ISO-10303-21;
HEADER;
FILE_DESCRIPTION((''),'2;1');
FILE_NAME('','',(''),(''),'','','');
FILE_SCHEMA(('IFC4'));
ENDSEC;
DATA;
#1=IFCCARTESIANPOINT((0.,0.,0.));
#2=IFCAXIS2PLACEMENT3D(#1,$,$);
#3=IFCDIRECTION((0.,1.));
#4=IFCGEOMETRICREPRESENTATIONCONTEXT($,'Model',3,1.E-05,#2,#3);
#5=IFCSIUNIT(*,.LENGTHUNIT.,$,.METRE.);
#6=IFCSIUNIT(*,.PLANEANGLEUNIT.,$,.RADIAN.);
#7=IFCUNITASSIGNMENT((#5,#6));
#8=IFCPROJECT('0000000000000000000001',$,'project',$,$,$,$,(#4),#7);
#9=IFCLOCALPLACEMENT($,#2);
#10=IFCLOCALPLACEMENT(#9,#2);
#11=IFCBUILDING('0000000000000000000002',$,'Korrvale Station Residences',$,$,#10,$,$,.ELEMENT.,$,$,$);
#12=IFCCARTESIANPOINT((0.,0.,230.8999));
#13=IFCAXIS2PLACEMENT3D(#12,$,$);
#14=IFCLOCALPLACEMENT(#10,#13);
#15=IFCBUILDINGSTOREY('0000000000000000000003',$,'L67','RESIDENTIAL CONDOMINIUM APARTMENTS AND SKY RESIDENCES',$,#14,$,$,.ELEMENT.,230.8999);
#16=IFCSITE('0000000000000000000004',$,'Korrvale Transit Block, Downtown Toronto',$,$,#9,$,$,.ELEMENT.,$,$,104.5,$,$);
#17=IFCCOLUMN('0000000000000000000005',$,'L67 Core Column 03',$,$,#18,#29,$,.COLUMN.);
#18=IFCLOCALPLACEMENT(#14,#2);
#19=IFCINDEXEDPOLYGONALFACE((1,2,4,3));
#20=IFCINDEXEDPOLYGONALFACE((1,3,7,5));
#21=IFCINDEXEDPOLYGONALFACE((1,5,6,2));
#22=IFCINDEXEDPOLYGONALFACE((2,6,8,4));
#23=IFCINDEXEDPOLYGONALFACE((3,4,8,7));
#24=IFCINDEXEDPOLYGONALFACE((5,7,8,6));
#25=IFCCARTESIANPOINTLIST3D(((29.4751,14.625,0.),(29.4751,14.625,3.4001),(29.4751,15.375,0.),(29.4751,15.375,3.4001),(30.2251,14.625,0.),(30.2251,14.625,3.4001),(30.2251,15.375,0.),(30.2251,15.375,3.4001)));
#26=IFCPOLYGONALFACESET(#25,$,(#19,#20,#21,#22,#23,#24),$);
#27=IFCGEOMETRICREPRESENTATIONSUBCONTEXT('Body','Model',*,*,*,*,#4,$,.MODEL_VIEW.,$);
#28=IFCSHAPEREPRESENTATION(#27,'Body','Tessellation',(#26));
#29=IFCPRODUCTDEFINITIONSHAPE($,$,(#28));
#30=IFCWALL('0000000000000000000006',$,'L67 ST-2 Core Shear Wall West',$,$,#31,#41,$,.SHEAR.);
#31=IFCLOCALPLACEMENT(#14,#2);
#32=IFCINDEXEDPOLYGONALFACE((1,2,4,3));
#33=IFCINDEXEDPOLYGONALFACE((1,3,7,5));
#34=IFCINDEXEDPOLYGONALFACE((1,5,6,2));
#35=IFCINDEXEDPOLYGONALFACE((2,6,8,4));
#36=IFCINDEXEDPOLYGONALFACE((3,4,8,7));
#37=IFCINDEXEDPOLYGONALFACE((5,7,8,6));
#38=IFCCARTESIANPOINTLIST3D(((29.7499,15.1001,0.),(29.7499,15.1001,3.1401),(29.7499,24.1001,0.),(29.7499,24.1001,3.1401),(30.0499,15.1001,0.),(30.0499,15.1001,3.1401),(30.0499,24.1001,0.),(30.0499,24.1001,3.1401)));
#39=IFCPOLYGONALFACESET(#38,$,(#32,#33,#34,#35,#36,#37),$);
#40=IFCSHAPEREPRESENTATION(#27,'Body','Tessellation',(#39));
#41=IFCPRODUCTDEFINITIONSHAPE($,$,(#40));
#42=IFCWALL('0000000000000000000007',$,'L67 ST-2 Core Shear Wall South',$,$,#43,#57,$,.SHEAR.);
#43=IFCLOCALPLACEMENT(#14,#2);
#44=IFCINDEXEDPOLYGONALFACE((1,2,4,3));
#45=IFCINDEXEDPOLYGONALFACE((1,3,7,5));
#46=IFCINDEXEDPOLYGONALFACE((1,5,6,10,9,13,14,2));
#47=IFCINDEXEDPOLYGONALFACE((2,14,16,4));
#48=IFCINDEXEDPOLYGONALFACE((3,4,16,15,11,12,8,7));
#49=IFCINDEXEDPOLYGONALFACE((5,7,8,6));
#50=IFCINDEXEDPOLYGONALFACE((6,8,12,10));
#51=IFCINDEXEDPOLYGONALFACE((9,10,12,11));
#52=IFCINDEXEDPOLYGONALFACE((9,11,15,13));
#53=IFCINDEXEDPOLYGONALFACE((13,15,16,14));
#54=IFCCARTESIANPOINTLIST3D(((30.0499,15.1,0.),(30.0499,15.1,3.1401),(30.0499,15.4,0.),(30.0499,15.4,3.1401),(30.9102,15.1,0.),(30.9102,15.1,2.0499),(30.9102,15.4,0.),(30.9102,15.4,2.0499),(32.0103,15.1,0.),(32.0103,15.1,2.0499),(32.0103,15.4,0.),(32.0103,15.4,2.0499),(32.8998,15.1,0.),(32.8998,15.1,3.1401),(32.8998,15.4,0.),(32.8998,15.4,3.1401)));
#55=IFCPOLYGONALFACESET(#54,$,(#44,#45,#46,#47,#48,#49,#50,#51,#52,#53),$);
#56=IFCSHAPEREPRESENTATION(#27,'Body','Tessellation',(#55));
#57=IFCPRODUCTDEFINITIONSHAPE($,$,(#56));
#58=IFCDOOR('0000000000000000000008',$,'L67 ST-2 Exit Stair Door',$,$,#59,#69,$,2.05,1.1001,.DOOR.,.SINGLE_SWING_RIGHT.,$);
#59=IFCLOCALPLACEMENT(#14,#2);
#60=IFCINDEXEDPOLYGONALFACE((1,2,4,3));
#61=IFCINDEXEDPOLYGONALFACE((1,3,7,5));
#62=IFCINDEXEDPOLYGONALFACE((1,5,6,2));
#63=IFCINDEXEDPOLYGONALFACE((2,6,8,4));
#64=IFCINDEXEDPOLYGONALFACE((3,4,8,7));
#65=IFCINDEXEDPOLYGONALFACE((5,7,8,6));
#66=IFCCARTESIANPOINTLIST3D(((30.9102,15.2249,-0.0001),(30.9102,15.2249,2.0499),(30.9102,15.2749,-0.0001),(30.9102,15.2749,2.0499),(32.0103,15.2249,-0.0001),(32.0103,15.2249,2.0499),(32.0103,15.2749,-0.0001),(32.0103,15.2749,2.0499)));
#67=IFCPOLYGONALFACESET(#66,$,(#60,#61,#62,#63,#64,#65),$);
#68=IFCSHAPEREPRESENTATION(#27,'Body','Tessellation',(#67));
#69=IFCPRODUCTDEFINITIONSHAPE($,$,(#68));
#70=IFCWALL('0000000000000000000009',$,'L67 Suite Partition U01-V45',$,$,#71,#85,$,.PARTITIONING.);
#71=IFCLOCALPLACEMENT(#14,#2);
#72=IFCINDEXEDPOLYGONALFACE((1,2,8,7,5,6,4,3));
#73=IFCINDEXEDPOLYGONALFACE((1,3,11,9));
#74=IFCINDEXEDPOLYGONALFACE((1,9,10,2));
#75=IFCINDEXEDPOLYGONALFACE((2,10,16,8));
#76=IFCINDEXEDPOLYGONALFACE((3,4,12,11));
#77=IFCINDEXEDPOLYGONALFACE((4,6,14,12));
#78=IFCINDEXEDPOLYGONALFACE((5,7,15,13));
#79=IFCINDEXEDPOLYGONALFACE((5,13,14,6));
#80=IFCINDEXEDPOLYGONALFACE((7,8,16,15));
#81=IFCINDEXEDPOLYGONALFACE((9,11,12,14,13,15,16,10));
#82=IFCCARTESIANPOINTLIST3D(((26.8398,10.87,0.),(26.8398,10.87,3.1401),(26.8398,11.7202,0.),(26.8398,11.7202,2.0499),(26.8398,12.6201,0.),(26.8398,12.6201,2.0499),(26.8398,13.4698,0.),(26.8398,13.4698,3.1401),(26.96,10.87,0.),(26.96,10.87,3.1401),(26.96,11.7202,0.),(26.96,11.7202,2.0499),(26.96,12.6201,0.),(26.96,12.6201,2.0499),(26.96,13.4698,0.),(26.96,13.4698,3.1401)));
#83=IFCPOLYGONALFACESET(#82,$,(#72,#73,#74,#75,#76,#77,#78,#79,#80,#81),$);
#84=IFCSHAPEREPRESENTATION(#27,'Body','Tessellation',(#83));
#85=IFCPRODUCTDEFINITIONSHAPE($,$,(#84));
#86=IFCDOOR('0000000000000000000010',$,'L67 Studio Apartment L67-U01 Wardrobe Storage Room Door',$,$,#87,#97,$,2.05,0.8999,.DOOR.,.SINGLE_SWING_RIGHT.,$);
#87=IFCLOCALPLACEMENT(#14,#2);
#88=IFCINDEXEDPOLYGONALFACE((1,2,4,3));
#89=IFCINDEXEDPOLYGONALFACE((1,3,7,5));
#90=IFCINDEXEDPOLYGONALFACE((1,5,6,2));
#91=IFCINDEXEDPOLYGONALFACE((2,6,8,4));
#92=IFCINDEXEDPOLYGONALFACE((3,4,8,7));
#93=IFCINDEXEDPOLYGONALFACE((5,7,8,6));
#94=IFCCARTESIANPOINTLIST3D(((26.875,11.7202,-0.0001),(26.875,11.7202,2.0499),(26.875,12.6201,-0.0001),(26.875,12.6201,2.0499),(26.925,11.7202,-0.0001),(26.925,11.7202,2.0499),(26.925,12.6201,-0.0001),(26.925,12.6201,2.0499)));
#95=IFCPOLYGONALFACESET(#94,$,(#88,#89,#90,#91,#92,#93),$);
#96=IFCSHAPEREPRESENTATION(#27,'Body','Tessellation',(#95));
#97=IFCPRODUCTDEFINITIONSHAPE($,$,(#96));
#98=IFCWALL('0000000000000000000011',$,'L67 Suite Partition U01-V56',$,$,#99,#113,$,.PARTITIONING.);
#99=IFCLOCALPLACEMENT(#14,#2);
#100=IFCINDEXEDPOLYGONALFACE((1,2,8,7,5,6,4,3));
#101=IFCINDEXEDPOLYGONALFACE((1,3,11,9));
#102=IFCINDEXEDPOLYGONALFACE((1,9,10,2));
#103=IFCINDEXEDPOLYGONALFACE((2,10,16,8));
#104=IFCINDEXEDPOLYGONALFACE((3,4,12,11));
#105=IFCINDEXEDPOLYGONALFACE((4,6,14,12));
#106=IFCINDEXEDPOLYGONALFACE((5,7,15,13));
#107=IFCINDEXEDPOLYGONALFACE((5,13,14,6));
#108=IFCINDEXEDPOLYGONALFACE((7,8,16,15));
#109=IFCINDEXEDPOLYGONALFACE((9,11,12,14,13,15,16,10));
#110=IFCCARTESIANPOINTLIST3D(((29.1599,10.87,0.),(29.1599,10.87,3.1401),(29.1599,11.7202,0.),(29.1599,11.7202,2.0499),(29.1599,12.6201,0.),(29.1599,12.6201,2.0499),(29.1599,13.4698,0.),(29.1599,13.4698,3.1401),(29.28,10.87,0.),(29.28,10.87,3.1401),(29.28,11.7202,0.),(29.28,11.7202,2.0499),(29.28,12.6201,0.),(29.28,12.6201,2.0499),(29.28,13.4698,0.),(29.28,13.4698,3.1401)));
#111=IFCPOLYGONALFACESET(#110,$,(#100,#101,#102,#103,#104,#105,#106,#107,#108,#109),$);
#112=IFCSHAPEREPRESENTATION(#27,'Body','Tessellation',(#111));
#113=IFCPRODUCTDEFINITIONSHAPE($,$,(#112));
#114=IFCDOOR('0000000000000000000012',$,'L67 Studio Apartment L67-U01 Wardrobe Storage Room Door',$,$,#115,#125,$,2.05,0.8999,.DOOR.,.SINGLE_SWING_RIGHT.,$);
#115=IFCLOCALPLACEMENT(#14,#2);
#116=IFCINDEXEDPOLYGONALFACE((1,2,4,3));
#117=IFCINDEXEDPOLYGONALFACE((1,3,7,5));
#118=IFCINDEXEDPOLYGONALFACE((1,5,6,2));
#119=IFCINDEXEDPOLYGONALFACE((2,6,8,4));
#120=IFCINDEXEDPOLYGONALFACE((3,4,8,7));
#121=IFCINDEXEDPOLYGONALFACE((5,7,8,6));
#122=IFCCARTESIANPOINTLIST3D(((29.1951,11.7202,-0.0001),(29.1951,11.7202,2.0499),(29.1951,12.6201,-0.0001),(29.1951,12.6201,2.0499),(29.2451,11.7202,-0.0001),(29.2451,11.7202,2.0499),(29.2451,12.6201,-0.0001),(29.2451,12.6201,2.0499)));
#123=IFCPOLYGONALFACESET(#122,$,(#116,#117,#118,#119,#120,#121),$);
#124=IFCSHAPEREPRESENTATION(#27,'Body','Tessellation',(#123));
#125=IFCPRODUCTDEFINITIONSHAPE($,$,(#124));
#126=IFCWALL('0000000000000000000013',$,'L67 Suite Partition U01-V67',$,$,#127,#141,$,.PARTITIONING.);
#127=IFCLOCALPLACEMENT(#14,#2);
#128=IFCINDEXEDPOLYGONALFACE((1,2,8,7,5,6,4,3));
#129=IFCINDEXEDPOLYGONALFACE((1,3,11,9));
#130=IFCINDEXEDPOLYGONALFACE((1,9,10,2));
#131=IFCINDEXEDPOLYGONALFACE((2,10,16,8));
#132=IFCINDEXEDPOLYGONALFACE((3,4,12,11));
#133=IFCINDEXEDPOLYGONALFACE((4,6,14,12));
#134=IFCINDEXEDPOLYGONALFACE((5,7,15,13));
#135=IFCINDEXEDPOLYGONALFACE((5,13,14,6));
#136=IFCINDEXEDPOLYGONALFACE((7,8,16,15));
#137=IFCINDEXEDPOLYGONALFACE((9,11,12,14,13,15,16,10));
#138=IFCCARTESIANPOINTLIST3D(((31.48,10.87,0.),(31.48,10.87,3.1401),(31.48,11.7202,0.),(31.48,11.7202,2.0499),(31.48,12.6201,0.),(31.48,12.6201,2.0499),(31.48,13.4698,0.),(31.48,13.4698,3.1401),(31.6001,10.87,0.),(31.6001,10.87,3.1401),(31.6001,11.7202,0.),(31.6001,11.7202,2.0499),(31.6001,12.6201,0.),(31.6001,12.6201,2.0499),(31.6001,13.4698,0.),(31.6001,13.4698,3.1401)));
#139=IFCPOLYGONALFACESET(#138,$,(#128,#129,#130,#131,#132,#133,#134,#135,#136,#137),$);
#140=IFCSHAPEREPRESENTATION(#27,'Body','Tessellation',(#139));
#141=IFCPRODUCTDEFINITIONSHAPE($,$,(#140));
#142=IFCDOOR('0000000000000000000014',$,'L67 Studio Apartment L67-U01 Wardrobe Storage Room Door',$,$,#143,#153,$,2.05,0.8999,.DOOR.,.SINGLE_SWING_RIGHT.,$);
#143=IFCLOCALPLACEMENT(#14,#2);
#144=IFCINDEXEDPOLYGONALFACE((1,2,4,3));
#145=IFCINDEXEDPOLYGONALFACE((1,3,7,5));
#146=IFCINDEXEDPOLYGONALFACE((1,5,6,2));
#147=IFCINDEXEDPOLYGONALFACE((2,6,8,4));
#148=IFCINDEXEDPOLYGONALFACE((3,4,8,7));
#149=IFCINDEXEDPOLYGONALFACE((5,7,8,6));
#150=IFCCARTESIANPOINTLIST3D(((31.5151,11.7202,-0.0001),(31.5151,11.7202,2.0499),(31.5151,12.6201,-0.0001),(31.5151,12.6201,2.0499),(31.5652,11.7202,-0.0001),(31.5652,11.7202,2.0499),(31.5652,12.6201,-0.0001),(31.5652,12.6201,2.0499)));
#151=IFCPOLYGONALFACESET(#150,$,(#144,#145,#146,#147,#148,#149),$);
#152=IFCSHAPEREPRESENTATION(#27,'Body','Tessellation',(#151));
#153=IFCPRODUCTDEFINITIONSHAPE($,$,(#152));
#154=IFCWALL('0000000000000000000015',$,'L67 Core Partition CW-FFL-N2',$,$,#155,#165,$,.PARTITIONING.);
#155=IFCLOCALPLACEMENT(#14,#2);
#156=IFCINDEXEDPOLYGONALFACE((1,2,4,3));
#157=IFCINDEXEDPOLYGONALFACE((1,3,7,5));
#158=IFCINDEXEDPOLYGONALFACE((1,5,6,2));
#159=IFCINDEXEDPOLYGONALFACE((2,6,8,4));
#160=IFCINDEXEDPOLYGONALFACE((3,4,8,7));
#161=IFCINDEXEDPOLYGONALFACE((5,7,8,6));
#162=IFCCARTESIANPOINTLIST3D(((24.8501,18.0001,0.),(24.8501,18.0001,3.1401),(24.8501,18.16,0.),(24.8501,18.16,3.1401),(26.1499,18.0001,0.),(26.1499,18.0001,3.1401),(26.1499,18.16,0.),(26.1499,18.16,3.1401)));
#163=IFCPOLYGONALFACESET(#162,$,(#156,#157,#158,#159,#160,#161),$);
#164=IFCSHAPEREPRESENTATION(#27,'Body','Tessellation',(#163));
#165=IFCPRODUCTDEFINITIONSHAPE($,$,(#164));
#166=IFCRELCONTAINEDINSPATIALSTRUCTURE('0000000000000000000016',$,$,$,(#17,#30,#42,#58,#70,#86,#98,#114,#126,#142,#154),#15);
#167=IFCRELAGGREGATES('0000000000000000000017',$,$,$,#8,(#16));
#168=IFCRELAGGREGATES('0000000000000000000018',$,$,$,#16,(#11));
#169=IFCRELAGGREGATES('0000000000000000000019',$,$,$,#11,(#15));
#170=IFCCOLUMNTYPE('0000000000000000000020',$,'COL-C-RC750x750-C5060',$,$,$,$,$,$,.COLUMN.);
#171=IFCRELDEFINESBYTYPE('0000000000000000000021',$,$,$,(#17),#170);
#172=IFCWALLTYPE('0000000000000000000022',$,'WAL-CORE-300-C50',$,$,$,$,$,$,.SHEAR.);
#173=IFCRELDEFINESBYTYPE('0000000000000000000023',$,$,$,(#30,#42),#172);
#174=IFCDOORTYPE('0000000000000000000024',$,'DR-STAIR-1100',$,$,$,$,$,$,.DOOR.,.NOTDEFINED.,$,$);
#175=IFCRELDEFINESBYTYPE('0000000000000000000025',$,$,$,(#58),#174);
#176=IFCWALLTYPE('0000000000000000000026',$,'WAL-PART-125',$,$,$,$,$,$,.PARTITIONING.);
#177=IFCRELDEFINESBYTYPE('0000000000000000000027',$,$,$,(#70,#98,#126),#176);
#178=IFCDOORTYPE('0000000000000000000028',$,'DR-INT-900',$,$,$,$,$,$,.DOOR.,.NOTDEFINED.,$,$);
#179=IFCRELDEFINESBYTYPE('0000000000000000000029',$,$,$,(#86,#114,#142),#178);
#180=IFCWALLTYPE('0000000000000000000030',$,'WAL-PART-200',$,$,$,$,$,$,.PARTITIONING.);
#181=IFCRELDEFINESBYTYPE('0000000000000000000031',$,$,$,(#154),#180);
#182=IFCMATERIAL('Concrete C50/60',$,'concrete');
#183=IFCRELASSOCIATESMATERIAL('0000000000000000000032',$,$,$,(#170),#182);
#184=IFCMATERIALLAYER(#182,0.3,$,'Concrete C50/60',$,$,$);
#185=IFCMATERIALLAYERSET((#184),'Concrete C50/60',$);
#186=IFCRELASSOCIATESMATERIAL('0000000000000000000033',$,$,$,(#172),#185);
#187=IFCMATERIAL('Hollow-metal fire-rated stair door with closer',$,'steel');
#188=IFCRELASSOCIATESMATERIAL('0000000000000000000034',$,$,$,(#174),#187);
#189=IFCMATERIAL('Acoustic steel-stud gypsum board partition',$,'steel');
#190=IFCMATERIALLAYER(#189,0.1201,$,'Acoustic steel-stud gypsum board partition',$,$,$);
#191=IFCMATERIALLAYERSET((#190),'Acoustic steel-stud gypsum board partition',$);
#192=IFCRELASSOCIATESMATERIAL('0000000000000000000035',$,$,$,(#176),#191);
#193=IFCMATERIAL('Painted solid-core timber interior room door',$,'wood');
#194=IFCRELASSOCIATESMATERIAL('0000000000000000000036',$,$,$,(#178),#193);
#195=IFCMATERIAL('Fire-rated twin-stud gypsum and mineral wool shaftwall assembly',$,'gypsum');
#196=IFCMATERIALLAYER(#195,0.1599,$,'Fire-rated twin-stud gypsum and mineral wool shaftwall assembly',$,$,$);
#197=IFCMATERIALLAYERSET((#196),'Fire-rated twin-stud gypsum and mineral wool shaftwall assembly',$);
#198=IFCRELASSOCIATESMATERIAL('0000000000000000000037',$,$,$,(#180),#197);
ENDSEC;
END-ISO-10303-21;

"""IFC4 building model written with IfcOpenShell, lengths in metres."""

from ifc_helpers import new_model, si_unit, direction, frame, frame_2d, origin, origin_2d, place, context, subcontext, project, spatial, rectangle, extrude, material, layer, layer_set, material_profile, profile_set, type_object, element, fill, save


model = new_model("IFC4")

# Units and contexts
model_context = context("Model", 3, precision=1e-05, world=origin(), true_north=direction((0.0, 1.0)))
body_context = subcontext(model_context, "Body", "Model", "MODEL_VIEW")
ifc_project = project(units=[si_unit("LENGTHUNIT", "METRE"), si_unit("PLANEANGLEUNIT", "RADIAN")], contexts=[model_context])

# Site, building, storey
site_placement = place(None, origin())
site = spatial("IfcSite", under=ifc_project, at=site_placement, Name="Korrvale Transit Block, Downtown Toronto", CompositionType="ELEMENT", RefElevation=104.5)
building_placement = place(site_placement, origin())
building = spatial("IfcBuilding", under=site, at=building_placement, Name="Korrvale Station Residences", CompositionType="ELEMENT")
storey_placement = place(building_placement, frame((0.0, 0.0, 230.8999)))
storey = spatial("IfcBuildingStorey", under=building, at=storey_placement, Name="L67", Description="RESIDENTIAL CONDOMINIUM APARTMENTS AND SKY RESIDENCES", CompositionType="ELEMENT", Elevation=230.8999)

# Column
ifc_material_1 = material(Name="Concrete C50/60", Category="concrete")
ifc_material_profile = material_profile(ifc_material_1, rectangle(XDim=0.75, YDim=0.75, at=origin_2d()), Name="RC750x750")
ifc_profile_set = profile_set([ifc_material_profile], Name="Concrete C50/60")
column_type = type_object("IfcColumnType", Name="COL-C-RC750x750-C5060", PredefinedType="COLUMN", material=ifc_profile_set)
column_placement = place(storey_placement, frame((29.8501, 15.0, 0.0), z_axis=(0.0, 0.0, 1.0), x_axis=(1.0, 0.0, 0.0)))
element("IfcColumn", 1, at=column_placement, inside=storey, type_object=column_type, Name="L67 Core Column 03", PredefinedType="COLUMN", context=body_context, shape_type="SweptSolid", body=[
    extrude(rectangle(XDim=0.75, YDim=0.75, at=origin_2d()), origin(), (0.0, 0.0, 1.0), 3.4001),
])

# Wall
ifc_layer_1 = layer(ifc_material_1, 0.3, Name="Concrete C50/60")
ifc_layer_set_1 = layer_set([ifc_layer_1], Name="Concrete C50/60")
wall_type_1 = type_object("IfcWallType", Name="WAL-CORE-300-C50", PredefinedType="SHEAR", material=ifc_layer_set_1)
wall_1_placement = place(storey_placement, frame((29.8999, 15.1001, 0.0), z_axis=(0.0, 0.0, 1.0), x_axis=(0.0, 1.0, 0.0)))
element("IfcWall", 2, at=wall_1_placement, inside=storey, type_object=wall_type_1, Name="L67 ST-2 Core Shear Wall West", PredefinedType="SHEAR", context=body_context, shape_type="SweptSolid", body=[
    extrude(rectangle(XDim=9.0, YDim=0.3, at=frame_2d((4.5, 0.0))), origin(), (0.0, 0.0, 1.0), 3.1401),
])

# Walls, openings, doors
wall_2_placement = place(storey_placement, frame((30.05, 15.25, 0.0), z_axis=(0.0, 0.0, 1.0), x_axis=(1.0, 0.0, 0.0)))
wall_2 = element("IfcWall", 3, at=wall_2_placement, inside=storey, type_object=wall_type_1, Name="L67 ST-2 Core Shear Wall South", PredefinedType="SHEAR", context=body_context, shape_type="SweptSolid", body=[
    extrude(rectangle(XDim=2.8499, YDim=0.3, at=frame_2d((1.4248, 0.0))), origin(), (0.0, 0.0, 1.0), 3.1401),
])
opening_1_placement = place(wall_2_placement, frame((0.8601, 0.0, 0.0)))
opening_1 = element("IfcOpeningElement", 4, at=opening_1_placement, cuts=wall_2, PredefinedType="OPENING", context=body_context, shape_type="SweptSolid", body=[
    extrude(rectangle(XDim=1.1001, YDim=2.05, at=frame_2d((0.55, 1.0249))), frame((0.0, 0.1602, 0.0), z_axis=(0.0, -1.0, 0.0), x_axis=(1.0, 0.0, 0.0)), (0.0, 0.0, 1.0), 0.3201),
])
ifc_material_2 = material(Name="Hollow-metal fire-rated stair door with closer", Category="steel")
door_type_1 = type_object("IfcDoorType", Name="DR-STAIR-1100", OperationType="NOTDEFINED", PredefinedType="DOOR", material=ifc_material_2)
door_1_placement = place(opening_1_placement, origin())
door_1 = element("IfcDoor", 5, at=door_1_placement, inside=storey, type_object=door_type_1, Name="L67 ST-2 Exit Stair Door", OperationType="SINGLE_SWING_RIGHT", OverallHeight=2.05, OverallWidth=1.1001, PredefinedType="DOOR", context=body_context, shape_type="SweptSolid", body=[
    extrude(rectangle(XDim=1.1001, YDim=2.05, at=frame_2d((0.55, 1.0249))), frame((0.0, 0.0249, 0.0), z_axis=(0.0, -1.0, 0.0), x_axis=(1.0, 0.0, 0.0)), (0.0, 0.0, 1.0), 0.05),
])
fill(opening_1, door_1)
ifc_material_3 = material(Name="Acoustic steel-stud gypsum board partition", Category="steel")
ifc_layer_2 = layer(ifc_material_3, 0.1201, Name="Acoustic steel-stud gypsum board partition")
ifc_layer_set_2 = layer_set([ifc_layer_2], Name="Acoustic steel-stud gypsum board partition")
wall_type_2 = type_object("IfcWallType", Name="WAL-PART-125", PredefinedType="PARTITIONING", material=ifc_layer_set_2)
wall_3_placement = place(storey_placement, frame((26.8999, 10.8701, 0.0), z_axis=(0.0, 0.0, 1.0), x_axis=(0.0, 1.0, 0.0)))
wall_3 = element("IfcWall", 6, at=wall_3_placement, inside=storey, type_object=wall_type_2, Name="L67 Suite Partition U01-V45", PredefinedType="PARTITIONING", context=body_context, shape_type="SweptSolid", body=[
    extrude(rectangle(XDim=2.5999, YDim=0.1201, at=frame_2d((1.2998, 0.0))), origin(), (0.0, 0.0, 1.0), 3.1401),
])
opening_2_placement = place(wall_3_placement, frame((0.8501, 0.0, 0.0)))
opening_2 = element("IfcOpeningElement", 7, at=opening_2_placement, cuts=wall_3, PredefinedType="OPENING", context=body_context, shape_type="SweptSolid", body=[
    extrude(rectangle(XDim=0.8999, YDim=2.05, at=frame_2d((0.45, 1.0249))), frame((0.0, 0.0701, 0.0), z_axis=(0.0, -1.0, 0.0), x_axis=(1.0, 0.0, 0.0)), (0.0, 0.0, 1.0), 0.1401),
])
ifc_material_4 = material(Name="Painted solid-core timber interior room door", Category="wood")
door_type_2 = type_object("IfcDoorType", Name="DR-INT-900", OperationType="NOTDEFINED", PredefinedType="DOOR", material=ifc_material_4)
door_2_placement = place(opening_2_placement, origin())
door_2 = element("IfcDoor", 8, at=door_2_placement, inside=storey, type_object=door_type_2, Name="L67 Studio Apartment L67-U01 Wardrobe Storage Room Door", OperationType="SINGLE_SWING_RIGHT", OverallHeight=2.05, OverallWidth=0.8999, PredefinedType="DOOR", context=body_context, shape_type="SweptSolid", body=[
    extrude(rectangle(XDim=0.8999, YDim=2.05, at=frame_2d((0.45, 1.0249))), frame((0.0, 0.0249, 0.0), z_axis=(0.0, -1.0, 0.0), x_axis=(1.0, 0.0, 0.0)), (0.0, 0.0, 1.0), 0.05),
])
fill(opening_2, door_2)
wall_4_placement = place(storey_placement, frame((29.22, 10.8701, 0.0), z_axis=(0.0, 0.0, 1.0), x_axis=(0.0, 1.0, 0.0)))
wall_4 = element("IfcWall", 9, at=wall_4_placement, inside=storey, type_object=wall_type_2, Name="L67 Suite Partition U01-V56", PredefinedType="PARTITIONING", context=body_context, shape_type="SweptSolid", body=[
    extrude(rectangle(XDim=2.5999, YDim=0.1201, at=frame_2d((1.2998, 0.0))), origin(), (0.0, 0.0, 1.0), 3.1401),
])
opening_3_placement = place(wall_4_placement, frame((0.8501, 0.0, 0.0)))
opening_3 = element("IfcOpeningElement", 10, at=opening_3_placement, cuts=wall_4, PredefinedType="OPENING", context=body_context, shape_type="SweptSolid", body=[
    extrude(rectangle(XDim=0.8999, YDim=2.05, at=frame_2d((0.45, 1.0249))), frame((0.0, 0.0701, 0.0), z_axis=(0.0, -1.0, 0.0), x_axis=(1.0, 0.0, 0.0)), (0.0, 0.0, 1.0), 0.1401),
])
door_3_placement = place(opening_3_placement, origin())
door_3 = element("IfcDoor", 11, at=door_3_placement, inside=storey, type_object=door_type_2, Name="L67 Studio Apartment L67-U01 Wardrobe Storage Room Door", OperationType="SINGLE_SWING_RIGHT", OverallHeight=2.05, OverallWidth=0.8999, PredefinedType="DOOR", context=body_context, shape_type="SweptSolid", body=[
    extrude(rectangle(XDim=0.8999, YDim=2.05, at=frame_2d((0.45, 1.0249))), frame((0.0, 0.0249, 0.0), z_axis=(0.0, -1.0, 0.0), x_axis=(1.0, 0.0, 0.0)), (0.0, 0.0, 1.0), 0.05),
])
fill(opening_3, door_3)
wall_5_placement = place(storey_placement, frame((31.54, 10.8701, 0.0), z_axis=(0.0, 0.0, 1.0), x_axis=(0.0, 1.0, 0.0)))
wall_5 = element("IfcWall", 12, at=wall_5_placement, inside=storey, type_object=wall_type_2, Name="L67 Suite Partition U01-V67", PredefinedType="PARTITIONING", context=body_context, shape_type="SweptSolid", body=[
    extrude(rectangle(XDim=2.5999, YDim=0.1201, at=frame_2d((1.2998, 0.0))), origin(), (0.0, 0.0, 1.0), 3.1401),
])
opening_4_placement = place(wall_5_placement, frame((0.8501, 0.0, 0.0)))
opening_4 = element("IfcOpeningElement", 13, at=opening_4_placement, cuts=wall_5, PredefinedType="OPENING", context=body_context, shape_type="SweptSolid", body=[
    extrude(rectangle(XDim=0.8999, YDim=2.05, at=frame_2d((0.45, 1.0249))), frame((0.0, 0.0701, 0.0), z_axis=(0.0, -1.0, 0.0), x_axis=(1.0, 0.0, 0.0)), (0.0, 0.0, 1.0), 0.1401),
])
door_4_placement = place(opening_4_placement, origin())
door_4 = element("IfcDoor", 14, at=door_4_placement, inside=storey, type_object=door_type_2, Name="L67 Studio Apartment L67-U01 Wardrobe Storage Room Door", OperationType="SINGLE_SWING_RIGHT", OverallHeight=2.05, OverallWidth=0.8999, PredefinedType="DOOR", context=body_context, shape_type="SweptSolid", body=[
    extrude(rectangle(XDim=0.8999, YDim=2.05, at=frame_2d((0.45, 1.0249))), frame((0.0, 0.0249, 0.0), z_axis=(0.0, -1.0, 0.0), x_axis=(1.0, 0.0, 0.0)), (0.0, 0.0, 1.0), 0.05),
])
fill(opening_4, door_4)

# Wall
ifc_material_5 = material(Name="Fire-rated twin-stud gypsum and mineral wool shaftwall assembly", Category="gypsum")
ifc_layer_3 = layer(ifc_material_5, 0.1599, Name="Fire-rated twin-stud gypsum and mineral wool shaftwall assembly")
ifc_layer_set_3 = layer_set([ifc_layer_3], Name="Fire-rated twin-stud gypsum and mineral wool shaftwall assembly")
wall_type_3 = type_object("IfcWallType", Name="WAL-PART-200", PredefinedType="PARTITIONING", material=ifc_layer_set_3)
wall_6_placement = place(storey_placement, frame((24.8501, 18.0801, 0.0), z_axis=(0.0, 0.0, 1.0), x_axis=(1.0, 0.0, 0.0)))
element("IfcWall", 15, at=wall_6_placement, inside=storey, type_object=wall_type_3, Name="L67 Core Partition CW-FFL-N2", PredefinedType="PARTITIONING", context=body_context, shape_type="SweptSolid", body=[
    extrude(rectangle(XDim=1.2998, YDim=0.1599, at=frame_2d((0.6499, 0.0))), origin(), (0.0, 0.0, 1.0), 3.1401),
])

save(model, "model.ifc")
